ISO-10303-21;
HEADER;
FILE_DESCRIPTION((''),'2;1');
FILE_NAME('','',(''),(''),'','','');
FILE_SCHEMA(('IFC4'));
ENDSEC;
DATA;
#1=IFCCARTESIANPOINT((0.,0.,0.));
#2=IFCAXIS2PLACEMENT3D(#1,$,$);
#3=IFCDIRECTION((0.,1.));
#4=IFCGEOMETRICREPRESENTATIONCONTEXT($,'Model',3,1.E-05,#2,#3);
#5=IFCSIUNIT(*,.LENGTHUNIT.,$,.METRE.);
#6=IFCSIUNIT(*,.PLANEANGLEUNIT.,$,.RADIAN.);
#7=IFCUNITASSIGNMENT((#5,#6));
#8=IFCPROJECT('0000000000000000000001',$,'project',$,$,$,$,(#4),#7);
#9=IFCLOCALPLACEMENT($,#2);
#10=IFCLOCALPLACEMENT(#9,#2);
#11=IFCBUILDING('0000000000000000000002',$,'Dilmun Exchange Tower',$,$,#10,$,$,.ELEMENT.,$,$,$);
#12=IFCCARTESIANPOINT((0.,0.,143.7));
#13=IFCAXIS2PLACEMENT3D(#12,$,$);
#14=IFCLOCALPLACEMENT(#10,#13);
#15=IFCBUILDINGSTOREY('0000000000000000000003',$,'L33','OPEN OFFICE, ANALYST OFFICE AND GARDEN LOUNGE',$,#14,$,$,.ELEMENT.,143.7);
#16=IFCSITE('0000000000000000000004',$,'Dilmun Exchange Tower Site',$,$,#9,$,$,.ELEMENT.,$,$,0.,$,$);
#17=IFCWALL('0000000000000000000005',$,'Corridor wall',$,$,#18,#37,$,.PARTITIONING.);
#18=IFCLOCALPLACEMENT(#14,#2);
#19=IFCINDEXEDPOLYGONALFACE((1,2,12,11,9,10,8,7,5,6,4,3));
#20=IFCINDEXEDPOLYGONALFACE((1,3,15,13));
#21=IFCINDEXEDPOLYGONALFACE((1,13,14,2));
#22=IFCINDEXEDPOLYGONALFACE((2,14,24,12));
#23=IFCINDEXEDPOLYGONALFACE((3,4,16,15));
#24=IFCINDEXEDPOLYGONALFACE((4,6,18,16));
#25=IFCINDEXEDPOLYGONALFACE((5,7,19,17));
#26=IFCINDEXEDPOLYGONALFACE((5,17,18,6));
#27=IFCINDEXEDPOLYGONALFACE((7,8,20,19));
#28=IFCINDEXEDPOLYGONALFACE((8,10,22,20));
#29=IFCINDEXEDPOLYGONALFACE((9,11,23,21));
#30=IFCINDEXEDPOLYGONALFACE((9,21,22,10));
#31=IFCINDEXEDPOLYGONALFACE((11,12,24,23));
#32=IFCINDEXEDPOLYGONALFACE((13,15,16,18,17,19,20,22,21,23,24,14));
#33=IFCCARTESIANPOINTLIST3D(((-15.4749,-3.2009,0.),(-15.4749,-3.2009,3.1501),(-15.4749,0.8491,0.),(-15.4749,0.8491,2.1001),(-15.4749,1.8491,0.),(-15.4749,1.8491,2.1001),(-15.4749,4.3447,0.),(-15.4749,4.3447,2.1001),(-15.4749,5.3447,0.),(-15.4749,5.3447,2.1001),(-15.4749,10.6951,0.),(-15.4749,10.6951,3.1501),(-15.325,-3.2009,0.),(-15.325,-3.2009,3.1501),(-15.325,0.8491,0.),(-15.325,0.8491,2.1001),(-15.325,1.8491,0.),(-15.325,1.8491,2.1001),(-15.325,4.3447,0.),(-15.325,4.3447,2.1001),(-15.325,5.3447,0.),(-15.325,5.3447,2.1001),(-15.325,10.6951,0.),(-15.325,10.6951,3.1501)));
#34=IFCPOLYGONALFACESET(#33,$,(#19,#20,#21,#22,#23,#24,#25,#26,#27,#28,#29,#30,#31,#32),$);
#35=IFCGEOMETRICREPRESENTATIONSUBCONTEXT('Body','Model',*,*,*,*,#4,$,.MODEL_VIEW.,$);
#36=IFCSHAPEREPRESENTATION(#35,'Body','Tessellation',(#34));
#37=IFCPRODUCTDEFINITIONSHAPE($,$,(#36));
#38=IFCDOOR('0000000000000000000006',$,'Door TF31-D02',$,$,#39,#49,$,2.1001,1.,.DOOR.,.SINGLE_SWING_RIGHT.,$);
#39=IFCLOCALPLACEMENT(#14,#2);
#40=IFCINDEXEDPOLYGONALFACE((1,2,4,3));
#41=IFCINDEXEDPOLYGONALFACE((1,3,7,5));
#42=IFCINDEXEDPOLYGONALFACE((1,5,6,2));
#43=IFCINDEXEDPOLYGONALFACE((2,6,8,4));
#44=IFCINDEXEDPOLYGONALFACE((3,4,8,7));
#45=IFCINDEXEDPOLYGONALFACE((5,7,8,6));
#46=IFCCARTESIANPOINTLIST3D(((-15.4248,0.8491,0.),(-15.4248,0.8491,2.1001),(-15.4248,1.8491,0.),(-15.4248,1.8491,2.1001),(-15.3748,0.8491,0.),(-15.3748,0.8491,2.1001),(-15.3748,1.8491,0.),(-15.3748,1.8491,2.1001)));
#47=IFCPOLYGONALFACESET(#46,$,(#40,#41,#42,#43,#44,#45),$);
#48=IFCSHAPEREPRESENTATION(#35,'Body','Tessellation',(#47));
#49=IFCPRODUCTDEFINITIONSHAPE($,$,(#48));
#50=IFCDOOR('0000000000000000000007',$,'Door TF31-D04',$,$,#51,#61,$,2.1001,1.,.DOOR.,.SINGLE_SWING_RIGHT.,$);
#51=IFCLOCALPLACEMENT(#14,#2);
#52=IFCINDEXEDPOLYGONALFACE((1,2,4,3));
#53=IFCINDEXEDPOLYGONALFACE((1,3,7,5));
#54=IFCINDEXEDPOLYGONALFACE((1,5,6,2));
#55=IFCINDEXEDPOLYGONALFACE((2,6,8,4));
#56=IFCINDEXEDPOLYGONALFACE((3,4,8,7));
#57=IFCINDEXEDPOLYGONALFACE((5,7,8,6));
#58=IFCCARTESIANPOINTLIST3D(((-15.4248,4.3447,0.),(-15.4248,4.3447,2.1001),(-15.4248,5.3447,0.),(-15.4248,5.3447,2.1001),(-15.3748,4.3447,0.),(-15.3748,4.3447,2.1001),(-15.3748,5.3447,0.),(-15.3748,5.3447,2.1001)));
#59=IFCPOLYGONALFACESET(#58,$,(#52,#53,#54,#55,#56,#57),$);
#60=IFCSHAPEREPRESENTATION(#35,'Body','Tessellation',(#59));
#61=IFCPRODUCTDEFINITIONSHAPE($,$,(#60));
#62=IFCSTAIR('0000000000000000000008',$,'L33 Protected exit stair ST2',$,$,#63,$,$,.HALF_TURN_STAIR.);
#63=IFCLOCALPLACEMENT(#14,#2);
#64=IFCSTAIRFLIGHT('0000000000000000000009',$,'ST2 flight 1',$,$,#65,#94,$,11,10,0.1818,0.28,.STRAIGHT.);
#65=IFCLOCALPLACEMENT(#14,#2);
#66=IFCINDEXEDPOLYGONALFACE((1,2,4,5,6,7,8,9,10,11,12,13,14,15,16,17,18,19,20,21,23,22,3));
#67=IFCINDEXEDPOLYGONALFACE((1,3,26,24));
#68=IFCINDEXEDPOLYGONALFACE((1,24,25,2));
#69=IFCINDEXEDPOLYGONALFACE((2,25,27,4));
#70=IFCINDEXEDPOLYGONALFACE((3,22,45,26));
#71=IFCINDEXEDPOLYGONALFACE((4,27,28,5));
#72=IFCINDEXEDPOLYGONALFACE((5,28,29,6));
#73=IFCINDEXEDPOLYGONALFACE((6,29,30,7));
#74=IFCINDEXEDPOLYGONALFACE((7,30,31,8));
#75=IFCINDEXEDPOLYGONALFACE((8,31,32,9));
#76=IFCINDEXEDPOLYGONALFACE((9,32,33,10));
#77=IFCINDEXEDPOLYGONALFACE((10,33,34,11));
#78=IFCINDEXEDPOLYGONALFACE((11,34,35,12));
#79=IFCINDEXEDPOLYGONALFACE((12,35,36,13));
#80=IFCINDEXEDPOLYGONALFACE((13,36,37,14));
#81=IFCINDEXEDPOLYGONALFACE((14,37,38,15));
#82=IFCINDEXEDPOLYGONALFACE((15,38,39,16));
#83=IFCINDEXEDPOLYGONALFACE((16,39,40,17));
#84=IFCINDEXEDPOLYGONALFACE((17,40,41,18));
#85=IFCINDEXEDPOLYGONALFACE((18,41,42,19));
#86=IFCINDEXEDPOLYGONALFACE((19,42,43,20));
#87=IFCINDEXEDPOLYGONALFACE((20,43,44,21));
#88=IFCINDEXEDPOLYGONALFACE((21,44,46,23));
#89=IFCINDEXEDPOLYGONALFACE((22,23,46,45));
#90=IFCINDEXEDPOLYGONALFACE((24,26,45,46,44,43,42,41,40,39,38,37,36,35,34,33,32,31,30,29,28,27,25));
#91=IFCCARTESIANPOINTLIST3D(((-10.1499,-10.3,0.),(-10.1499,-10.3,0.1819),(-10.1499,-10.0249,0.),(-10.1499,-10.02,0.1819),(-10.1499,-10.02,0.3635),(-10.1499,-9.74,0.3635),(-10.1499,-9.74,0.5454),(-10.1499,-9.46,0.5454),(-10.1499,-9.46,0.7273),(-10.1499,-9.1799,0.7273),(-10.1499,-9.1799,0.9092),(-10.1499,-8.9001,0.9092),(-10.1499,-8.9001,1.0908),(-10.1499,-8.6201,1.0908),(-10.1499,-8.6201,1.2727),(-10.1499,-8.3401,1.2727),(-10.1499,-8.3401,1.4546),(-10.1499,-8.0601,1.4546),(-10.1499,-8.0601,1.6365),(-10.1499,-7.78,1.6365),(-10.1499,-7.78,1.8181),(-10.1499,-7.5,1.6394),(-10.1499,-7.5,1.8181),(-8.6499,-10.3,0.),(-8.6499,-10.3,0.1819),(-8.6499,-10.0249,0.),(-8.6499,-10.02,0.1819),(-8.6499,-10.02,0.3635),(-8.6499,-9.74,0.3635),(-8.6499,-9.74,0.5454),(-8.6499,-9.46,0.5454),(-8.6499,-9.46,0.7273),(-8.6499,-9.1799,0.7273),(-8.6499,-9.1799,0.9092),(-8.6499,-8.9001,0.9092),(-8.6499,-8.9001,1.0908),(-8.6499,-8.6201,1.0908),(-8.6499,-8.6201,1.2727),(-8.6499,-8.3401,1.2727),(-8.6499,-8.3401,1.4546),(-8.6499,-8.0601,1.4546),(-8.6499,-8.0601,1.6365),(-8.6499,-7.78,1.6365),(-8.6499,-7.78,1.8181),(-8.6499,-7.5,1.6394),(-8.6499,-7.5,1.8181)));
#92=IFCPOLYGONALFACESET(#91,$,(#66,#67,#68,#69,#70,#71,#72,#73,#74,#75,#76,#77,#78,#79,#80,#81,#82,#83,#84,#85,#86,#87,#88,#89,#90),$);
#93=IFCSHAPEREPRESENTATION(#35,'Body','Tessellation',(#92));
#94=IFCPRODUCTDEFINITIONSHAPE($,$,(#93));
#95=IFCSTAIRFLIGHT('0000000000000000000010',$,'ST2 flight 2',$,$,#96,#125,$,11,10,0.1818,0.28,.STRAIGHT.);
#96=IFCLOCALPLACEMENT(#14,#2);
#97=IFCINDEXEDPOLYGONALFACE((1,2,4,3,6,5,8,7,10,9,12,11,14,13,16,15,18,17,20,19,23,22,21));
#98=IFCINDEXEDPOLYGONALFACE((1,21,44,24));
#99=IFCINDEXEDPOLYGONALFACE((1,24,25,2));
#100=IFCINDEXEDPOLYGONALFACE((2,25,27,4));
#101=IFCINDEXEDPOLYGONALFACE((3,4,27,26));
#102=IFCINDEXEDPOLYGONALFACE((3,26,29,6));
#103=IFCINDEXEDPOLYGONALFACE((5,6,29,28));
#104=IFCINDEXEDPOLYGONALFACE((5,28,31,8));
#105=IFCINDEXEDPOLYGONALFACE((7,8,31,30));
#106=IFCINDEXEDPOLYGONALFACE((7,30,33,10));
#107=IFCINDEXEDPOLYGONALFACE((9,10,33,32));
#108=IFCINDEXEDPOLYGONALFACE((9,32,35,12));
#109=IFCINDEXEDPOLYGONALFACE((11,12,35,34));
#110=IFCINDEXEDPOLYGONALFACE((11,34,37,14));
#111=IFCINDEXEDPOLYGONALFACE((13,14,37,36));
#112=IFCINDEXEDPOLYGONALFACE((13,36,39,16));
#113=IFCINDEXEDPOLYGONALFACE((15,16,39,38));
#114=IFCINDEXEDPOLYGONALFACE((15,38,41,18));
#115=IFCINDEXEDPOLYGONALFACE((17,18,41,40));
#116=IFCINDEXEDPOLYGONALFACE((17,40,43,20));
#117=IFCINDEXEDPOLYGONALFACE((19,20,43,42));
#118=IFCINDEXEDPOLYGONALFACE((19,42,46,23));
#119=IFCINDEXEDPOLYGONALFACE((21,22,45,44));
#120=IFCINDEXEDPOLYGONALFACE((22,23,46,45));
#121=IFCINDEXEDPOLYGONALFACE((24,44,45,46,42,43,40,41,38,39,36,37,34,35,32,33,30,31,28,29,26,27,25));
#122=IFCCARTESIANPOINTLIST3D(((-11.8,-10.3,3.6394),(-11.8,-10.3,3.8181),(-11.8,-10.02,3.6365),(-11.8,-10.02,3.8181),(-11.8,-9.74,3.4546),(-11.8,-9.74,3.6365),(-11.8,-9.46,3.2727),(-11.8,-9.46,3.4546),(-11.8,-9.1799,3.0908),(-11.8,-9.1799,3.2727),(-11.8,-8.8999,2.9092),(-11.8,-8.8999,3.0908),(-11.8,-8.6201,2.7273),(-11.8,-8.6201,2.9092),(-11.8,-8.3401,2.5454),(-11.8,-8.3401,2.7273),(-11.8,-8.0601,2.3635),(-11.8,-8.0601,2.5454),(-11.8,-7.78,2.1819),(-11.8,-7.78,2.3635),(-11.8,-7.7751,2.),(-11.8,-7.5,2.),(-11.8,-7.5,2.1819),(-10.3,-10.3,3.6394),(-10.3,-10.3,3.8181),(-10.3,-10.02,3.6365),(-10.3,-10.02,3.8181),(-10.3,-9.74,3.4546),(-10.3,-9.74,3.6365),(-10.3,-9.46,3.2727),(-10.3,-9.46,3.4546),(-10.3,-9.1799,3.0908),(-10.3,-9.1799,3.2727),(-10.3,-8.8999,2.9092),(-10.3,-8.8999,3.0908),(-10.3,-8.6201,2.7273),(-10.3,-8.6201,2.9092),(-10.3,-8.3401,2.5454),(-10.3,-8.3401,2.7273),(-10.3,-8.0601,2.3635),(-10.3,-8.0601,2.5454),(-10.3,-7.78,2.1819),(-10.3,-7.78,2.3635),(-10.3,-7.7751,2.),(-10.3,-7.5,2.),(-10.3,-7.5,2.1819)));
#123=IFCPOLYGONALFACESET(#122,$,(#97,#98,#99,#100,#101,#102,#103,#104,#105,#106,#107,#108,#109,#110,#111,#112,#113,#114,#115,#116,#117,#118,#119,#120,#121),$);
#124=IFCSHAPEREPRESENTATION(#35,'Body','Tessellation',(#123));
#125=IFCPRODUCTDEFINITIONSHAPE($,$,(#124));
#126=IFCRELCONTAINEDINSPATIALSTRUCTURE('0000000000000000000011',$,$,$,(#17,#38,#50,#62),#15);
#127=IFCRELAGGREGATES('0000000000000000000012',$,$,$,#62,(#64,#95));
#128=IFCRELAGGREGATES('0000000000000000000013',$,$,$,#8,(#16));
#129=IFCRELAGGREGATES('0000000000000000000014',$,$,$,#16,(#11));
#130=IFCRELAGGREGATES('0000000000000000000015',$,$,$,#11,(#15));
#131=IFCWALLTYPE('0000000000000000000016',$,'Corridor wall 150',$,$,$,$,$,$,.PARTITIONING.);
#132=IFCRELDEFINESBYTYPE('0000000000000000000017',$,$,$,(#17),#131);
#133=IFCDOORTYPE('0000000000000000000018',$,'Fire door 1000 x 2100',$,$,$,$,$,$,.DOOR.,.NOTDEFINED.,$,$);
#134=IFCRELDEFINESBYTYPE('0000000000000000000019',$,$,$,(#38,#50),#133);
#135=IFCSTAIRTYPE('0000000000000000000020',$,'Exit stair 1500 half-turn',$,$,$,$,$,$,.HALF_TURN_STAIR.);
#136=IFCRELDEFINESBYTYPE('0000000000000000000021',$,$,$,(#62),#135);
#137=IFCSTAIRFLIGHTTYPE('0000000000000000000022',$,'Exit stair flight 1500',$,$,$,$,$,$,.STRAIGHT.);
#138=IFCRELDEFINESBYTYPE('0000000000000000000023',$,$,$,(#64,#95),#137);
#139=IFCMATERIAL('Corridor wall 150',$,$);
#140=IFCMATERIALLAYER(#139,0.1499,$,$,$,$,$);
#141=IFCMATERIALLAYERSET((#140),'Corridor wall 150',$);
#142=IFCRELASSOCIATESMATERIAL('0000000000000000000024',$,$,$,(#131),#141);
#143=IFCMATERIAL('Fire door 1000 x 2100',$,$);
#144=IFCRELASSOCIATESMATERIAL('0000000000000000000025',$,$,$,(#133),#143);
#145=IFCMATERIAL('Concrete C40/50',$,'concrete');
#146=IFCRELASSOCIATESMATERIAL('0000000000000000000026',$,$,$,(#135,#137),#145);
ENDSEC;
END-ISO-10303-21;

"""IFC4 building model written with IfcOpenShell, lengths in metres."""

from ifc_helpers import new_model, si_unit, direction, frame, frame_2d, origin, place, context, subcontext, project, spatial, polyline, rectangle, outline, extrude, material, layer, layer_set, type_object, element, fill, aggregate, save


model = new_model("IFC4")

# Units and contexts
model_context = context("Model", 3, precision=1e-05, world=origin(), true_north=direction((0.0, 1.0)))
body_context = subcontext(model_context, "Body", "Model", "MODEL_VIEW")
ifc_project = project(units=[si_unit("LENGTHUNIT", "METRE"), si_unit("PLANEANGLEUNIT", "RADIAN")], contexts=[model_context])

# Site, building, storey
site_placement = place(None, origin())
site = spatial("IfcSite", under=ifc_project, at=site_placement, Name="Dilmun Exchange Tower Site", CompositionType="ELEMENT", RefElevation=0.0)
building_placement = place(site_placement, origin())
building = spatial("IfcBuilding", under=site, at=building_placement, Name="Dilmun Exchange Tower", CompositionType="ELEMENT")
storey_placement = place(building_placement, frame((0.0, 0.0, 143.7)))
storey = spatial("IfcBuildingStorey", under=building, at=storey_placement, Name="L33", Description="OPEN OFFICE, ANALYST OFFICE AND GARDEN LOUNGE", CompositionType="ELEMENT", Elevation=143.7)

# Shared definitions
ifc_material_1 = material(Name="Concrete C40/50", Category="concrete")

# Shared definitions
ifc_material_2 = material(Name="Corridor wall 150")
ifc_layer_1 = layer(ifc_material_2, 0.1499)
ifc_layer_set_1 = layer_set([ifc_layer_1], Name="Corridor wall 150")
wall_type_1 = type_object("IfcWallType", Name="Corridor wall 150", PredefinedType="PARTITIONING", material=ifc_layer_set_1)

# Shared definitions
ifc_material_3 = material(Name="Fire door 1000 x 2100")
door_type_1 = type_object("IfcDoorType", Name="Fire door 1000 x 2100", OperationType="NOTDEFINED", PredefinedType="DOOR", material=ifc_material_3)

# Wall, openings, doors
wall_1_placement = place(storey_placement, frame((-15.3999, -3.2009, 0.0), z_axis=(0.0, 0.0, 1.0), x_axis=(0.0, 1.0, 0.0)))
wall_1 = element("IfcWall", 1, at=wall_1_placement, inside=storey, type_object=wall_type_1, Name="Corridor wall", PredefinedType="PARTITIONING", context=body_context, shape_type="SweptSolid", body=[
    extrude(rectangle(XDim=13.896, YDim=0.1499, at=frame_2d((6.948, 0.0))), origin(), (0.0, 0.0, 1.0), 3.1501),
])
opening_1_placement = place(wall_1_placement, frame((4.05, 0.0, 0.0)))
opening_1 = element("IfcOpeningElement", 2, at=opening_1_placement, cuts=wall_1, PredefinedType="OPENING", context=body_context, shape_type="SweptSolid", body=[
    extrude(rectangle(XDim=1.0, YDim=2.1001, at=frame_2d((0.5, 1.05))), frame((0.0, 0.085, 0.0), z_axis=(0.0, -1.0, 0.0), x_axis=(1.0, 0.0, 0.0)), (0.0, 0.0, 1.0), 0.1699),
])
opening_2_placement = place(wall_1_placement, frame((7.5457, 0.0, 0.0)))
opening_2 = element("IfcOpeningElement", 3, at=opening_2_placement, cuts=wall_1, PredefinedType="OPENING", context=body_context, shape_type="SweptSolid", body=[
    extrude(rectangle(XDim=1.0, YDim=2.1001, at=frame_2d((0.5, 1.05))), frame((0.0, 0.085, 0.0), z_axis=(0.0, -1.0, 0.0), x_axis=(1.0, 0.0, 0.0)), (0.0, 0.0, 1.0), 0.1699),
])
door_1_placement = place(opening_1_placement, origin())
door_1 = element("IfcDoor", 4, at=door_1_placement, inside=storey, type_object=door_type_1, Name="Door TF31-D02", OperationType="SINGLE_SWING_RIGHT", OverallHeight=2.1001, OverallWidth=1.0, PredefinedType="DOOR", context=body_context, shape_type="SweptSolid", body=[
    extrude(rectangle(XDim=1.0, YDim=2.1001, at=frame_2d((0.5, 1.05))), frame((0.0, 0.0249, 0.0), z_axis=(0.0, -1.0, 0.0), x_axis=(1.0, 0.0, 0.0)), (0.0, 0.0, 1.0), 0.05),
])
fill(opening_1, door_1)
door_2_placement = place(opening_2_placement, origin())
door_2 = element("IfcDoor", 5, at=door_2_placement, inside=storey, type_object=door_type_1, Name="Door TF31-D04", OperationType="SINGLE_SWING_RIGHT", OverallHeight=2.1001, OverallWidth=1.0, PredefinedType="DOOR", context=body_context, shape_type="SweptSolid", body=[
    extrude(rectangle(XDim=1.0, YDim=2.1001, at=frame_2d((0.5, 1.05))), frame((0.0, 0.0249, 0.0), z_axis=(0.0, -1.0, 0.0), x_axis=(1.0, 0.0, 0.0)), (0.0, 0.0, 1.0), 0.05),
])
fill(opening_2, door_2)

# Stair, stair flights
stair_type = type_object("IfcStairType", Name="Exit stair 1500 half-turn", PredefinedType="HALF_TURN_STAIR", material=ifc_material_1)
stair_placement = place(storey_placement, origin())
stair = element("IfcStair", 6, at=stair_placement, inside=storey, type_object=stair_type, Name="L33 Protected exit stair ST2", PredefinedType="HALF_TURN_STAIR")
stair_flight_type = type_object("IfcStairFlightType", Name="Exit stair flight 1500", PredefinedType="STRAIGHT", material=ifc_material_1)
stair_flight_1_placement = place(storey_placement, frame((-9.3999, -10.3, 0.0), z_axis=(0.0, 0.0, 1.0), x_axis=(0.0, 1.0, 0.0)))
stair_flight_1 = element("IfcStairFlight", 7, at=stair_flight_1_placement, type_object=stair_flight_type, Name="ST2 flight 1", NumberOfRisers=11, NumberOfTreads=10, PredefinedType="STRAIGHT", RiserHeight=0.1818, TreadLength=0.28, context=body_context, shape_type="SweptSolid", body=[
    extrude(outline(polyline([(0.0, 0.0), (0.0, 0.1819), (0.28, 0.1819), (0.28, 0.3635), (0.5601, 0.3635), (0.5601, 0.5454), (0.8401, 0.5454), (0.8401, 0.7273), (1.1201, 0.7273), (1.1201, 0.9092), (1.3999, 0.9092), (1.3999, 1.0908), (1.6799, 1.0908), (1.6799, 1.2727), (1.96, 1.2727), (1.96, 1.4546), (2.24, 1.4546), (2.24, 1.6365), (2.52, 1.6365), (2.52, 1.8181), (2.8, 1.8181), (2.8, 2.0), (2.8, 1.6394), (0.2751, 0.0), (0.0, 0.0)])), frame((0.0, 0.75, 0.0), z_axis=(0.0, -1.0, 0.0), x_axis=(1.0, 0.0, 0.0)), (0.0, 0.0, 1.0), 1.5),
])
stair_flight_2_placement = place(storey_placement, frame((-11.05, -7.5, 2.0), z_axis=(0.0, 0.0, 1.0), x_axis=(0.0, -1.0, 0.0)))
stair_flight_2 = element("IfcStairFlight", 8, at=stair_flight_2_placement, type_object=stair_flight_type, Name="ST2 flight 2", NumberOfRisers=11, NumberOfTreads=10, PredefinedType="STRAIGHT", RiserHeight=0.1818, TreadLength=0.28, context=body_context, shape_type="SweptSolid", body=[
    extrude(outline(polyline([(0.0, 0.0), (0.0, 0.1819), (0.28, 0.1819), (0.28, 0.3635), (0.5601, 0.3635), (0.5601, 0.5454), (0.8401, 0.5454), (0.8401, 0.7273), (1.1201, 0.7273), (1.1201, 0.9092), (1.3999, 0.9092), (1.3999, 1.0908), (1.6799, 1.0908), (1.6799, 1.2727), (1.96, 1.2727), (1.96, 1.4546), (2.24, 1.4546), (2.24, 1.6365), (2.52, 1.6365), (2.52, 1.8181), (2.8, 1.8181), (2.8, 2.0), (2.8, 1.6394), (0.2751, 0.0), (0.0, 0.0)])), frame((0.0, 0.75, 0.0), z_axis=(0.0, -1.0, 0.0), x_axis=(1.0, 0.0, 0.0)), (0.0, 0.0, 1.0), 1.5),
])
aggregate(stair, [stair_flight_1, stair_flight_2])

save(model, "model.ifc")
